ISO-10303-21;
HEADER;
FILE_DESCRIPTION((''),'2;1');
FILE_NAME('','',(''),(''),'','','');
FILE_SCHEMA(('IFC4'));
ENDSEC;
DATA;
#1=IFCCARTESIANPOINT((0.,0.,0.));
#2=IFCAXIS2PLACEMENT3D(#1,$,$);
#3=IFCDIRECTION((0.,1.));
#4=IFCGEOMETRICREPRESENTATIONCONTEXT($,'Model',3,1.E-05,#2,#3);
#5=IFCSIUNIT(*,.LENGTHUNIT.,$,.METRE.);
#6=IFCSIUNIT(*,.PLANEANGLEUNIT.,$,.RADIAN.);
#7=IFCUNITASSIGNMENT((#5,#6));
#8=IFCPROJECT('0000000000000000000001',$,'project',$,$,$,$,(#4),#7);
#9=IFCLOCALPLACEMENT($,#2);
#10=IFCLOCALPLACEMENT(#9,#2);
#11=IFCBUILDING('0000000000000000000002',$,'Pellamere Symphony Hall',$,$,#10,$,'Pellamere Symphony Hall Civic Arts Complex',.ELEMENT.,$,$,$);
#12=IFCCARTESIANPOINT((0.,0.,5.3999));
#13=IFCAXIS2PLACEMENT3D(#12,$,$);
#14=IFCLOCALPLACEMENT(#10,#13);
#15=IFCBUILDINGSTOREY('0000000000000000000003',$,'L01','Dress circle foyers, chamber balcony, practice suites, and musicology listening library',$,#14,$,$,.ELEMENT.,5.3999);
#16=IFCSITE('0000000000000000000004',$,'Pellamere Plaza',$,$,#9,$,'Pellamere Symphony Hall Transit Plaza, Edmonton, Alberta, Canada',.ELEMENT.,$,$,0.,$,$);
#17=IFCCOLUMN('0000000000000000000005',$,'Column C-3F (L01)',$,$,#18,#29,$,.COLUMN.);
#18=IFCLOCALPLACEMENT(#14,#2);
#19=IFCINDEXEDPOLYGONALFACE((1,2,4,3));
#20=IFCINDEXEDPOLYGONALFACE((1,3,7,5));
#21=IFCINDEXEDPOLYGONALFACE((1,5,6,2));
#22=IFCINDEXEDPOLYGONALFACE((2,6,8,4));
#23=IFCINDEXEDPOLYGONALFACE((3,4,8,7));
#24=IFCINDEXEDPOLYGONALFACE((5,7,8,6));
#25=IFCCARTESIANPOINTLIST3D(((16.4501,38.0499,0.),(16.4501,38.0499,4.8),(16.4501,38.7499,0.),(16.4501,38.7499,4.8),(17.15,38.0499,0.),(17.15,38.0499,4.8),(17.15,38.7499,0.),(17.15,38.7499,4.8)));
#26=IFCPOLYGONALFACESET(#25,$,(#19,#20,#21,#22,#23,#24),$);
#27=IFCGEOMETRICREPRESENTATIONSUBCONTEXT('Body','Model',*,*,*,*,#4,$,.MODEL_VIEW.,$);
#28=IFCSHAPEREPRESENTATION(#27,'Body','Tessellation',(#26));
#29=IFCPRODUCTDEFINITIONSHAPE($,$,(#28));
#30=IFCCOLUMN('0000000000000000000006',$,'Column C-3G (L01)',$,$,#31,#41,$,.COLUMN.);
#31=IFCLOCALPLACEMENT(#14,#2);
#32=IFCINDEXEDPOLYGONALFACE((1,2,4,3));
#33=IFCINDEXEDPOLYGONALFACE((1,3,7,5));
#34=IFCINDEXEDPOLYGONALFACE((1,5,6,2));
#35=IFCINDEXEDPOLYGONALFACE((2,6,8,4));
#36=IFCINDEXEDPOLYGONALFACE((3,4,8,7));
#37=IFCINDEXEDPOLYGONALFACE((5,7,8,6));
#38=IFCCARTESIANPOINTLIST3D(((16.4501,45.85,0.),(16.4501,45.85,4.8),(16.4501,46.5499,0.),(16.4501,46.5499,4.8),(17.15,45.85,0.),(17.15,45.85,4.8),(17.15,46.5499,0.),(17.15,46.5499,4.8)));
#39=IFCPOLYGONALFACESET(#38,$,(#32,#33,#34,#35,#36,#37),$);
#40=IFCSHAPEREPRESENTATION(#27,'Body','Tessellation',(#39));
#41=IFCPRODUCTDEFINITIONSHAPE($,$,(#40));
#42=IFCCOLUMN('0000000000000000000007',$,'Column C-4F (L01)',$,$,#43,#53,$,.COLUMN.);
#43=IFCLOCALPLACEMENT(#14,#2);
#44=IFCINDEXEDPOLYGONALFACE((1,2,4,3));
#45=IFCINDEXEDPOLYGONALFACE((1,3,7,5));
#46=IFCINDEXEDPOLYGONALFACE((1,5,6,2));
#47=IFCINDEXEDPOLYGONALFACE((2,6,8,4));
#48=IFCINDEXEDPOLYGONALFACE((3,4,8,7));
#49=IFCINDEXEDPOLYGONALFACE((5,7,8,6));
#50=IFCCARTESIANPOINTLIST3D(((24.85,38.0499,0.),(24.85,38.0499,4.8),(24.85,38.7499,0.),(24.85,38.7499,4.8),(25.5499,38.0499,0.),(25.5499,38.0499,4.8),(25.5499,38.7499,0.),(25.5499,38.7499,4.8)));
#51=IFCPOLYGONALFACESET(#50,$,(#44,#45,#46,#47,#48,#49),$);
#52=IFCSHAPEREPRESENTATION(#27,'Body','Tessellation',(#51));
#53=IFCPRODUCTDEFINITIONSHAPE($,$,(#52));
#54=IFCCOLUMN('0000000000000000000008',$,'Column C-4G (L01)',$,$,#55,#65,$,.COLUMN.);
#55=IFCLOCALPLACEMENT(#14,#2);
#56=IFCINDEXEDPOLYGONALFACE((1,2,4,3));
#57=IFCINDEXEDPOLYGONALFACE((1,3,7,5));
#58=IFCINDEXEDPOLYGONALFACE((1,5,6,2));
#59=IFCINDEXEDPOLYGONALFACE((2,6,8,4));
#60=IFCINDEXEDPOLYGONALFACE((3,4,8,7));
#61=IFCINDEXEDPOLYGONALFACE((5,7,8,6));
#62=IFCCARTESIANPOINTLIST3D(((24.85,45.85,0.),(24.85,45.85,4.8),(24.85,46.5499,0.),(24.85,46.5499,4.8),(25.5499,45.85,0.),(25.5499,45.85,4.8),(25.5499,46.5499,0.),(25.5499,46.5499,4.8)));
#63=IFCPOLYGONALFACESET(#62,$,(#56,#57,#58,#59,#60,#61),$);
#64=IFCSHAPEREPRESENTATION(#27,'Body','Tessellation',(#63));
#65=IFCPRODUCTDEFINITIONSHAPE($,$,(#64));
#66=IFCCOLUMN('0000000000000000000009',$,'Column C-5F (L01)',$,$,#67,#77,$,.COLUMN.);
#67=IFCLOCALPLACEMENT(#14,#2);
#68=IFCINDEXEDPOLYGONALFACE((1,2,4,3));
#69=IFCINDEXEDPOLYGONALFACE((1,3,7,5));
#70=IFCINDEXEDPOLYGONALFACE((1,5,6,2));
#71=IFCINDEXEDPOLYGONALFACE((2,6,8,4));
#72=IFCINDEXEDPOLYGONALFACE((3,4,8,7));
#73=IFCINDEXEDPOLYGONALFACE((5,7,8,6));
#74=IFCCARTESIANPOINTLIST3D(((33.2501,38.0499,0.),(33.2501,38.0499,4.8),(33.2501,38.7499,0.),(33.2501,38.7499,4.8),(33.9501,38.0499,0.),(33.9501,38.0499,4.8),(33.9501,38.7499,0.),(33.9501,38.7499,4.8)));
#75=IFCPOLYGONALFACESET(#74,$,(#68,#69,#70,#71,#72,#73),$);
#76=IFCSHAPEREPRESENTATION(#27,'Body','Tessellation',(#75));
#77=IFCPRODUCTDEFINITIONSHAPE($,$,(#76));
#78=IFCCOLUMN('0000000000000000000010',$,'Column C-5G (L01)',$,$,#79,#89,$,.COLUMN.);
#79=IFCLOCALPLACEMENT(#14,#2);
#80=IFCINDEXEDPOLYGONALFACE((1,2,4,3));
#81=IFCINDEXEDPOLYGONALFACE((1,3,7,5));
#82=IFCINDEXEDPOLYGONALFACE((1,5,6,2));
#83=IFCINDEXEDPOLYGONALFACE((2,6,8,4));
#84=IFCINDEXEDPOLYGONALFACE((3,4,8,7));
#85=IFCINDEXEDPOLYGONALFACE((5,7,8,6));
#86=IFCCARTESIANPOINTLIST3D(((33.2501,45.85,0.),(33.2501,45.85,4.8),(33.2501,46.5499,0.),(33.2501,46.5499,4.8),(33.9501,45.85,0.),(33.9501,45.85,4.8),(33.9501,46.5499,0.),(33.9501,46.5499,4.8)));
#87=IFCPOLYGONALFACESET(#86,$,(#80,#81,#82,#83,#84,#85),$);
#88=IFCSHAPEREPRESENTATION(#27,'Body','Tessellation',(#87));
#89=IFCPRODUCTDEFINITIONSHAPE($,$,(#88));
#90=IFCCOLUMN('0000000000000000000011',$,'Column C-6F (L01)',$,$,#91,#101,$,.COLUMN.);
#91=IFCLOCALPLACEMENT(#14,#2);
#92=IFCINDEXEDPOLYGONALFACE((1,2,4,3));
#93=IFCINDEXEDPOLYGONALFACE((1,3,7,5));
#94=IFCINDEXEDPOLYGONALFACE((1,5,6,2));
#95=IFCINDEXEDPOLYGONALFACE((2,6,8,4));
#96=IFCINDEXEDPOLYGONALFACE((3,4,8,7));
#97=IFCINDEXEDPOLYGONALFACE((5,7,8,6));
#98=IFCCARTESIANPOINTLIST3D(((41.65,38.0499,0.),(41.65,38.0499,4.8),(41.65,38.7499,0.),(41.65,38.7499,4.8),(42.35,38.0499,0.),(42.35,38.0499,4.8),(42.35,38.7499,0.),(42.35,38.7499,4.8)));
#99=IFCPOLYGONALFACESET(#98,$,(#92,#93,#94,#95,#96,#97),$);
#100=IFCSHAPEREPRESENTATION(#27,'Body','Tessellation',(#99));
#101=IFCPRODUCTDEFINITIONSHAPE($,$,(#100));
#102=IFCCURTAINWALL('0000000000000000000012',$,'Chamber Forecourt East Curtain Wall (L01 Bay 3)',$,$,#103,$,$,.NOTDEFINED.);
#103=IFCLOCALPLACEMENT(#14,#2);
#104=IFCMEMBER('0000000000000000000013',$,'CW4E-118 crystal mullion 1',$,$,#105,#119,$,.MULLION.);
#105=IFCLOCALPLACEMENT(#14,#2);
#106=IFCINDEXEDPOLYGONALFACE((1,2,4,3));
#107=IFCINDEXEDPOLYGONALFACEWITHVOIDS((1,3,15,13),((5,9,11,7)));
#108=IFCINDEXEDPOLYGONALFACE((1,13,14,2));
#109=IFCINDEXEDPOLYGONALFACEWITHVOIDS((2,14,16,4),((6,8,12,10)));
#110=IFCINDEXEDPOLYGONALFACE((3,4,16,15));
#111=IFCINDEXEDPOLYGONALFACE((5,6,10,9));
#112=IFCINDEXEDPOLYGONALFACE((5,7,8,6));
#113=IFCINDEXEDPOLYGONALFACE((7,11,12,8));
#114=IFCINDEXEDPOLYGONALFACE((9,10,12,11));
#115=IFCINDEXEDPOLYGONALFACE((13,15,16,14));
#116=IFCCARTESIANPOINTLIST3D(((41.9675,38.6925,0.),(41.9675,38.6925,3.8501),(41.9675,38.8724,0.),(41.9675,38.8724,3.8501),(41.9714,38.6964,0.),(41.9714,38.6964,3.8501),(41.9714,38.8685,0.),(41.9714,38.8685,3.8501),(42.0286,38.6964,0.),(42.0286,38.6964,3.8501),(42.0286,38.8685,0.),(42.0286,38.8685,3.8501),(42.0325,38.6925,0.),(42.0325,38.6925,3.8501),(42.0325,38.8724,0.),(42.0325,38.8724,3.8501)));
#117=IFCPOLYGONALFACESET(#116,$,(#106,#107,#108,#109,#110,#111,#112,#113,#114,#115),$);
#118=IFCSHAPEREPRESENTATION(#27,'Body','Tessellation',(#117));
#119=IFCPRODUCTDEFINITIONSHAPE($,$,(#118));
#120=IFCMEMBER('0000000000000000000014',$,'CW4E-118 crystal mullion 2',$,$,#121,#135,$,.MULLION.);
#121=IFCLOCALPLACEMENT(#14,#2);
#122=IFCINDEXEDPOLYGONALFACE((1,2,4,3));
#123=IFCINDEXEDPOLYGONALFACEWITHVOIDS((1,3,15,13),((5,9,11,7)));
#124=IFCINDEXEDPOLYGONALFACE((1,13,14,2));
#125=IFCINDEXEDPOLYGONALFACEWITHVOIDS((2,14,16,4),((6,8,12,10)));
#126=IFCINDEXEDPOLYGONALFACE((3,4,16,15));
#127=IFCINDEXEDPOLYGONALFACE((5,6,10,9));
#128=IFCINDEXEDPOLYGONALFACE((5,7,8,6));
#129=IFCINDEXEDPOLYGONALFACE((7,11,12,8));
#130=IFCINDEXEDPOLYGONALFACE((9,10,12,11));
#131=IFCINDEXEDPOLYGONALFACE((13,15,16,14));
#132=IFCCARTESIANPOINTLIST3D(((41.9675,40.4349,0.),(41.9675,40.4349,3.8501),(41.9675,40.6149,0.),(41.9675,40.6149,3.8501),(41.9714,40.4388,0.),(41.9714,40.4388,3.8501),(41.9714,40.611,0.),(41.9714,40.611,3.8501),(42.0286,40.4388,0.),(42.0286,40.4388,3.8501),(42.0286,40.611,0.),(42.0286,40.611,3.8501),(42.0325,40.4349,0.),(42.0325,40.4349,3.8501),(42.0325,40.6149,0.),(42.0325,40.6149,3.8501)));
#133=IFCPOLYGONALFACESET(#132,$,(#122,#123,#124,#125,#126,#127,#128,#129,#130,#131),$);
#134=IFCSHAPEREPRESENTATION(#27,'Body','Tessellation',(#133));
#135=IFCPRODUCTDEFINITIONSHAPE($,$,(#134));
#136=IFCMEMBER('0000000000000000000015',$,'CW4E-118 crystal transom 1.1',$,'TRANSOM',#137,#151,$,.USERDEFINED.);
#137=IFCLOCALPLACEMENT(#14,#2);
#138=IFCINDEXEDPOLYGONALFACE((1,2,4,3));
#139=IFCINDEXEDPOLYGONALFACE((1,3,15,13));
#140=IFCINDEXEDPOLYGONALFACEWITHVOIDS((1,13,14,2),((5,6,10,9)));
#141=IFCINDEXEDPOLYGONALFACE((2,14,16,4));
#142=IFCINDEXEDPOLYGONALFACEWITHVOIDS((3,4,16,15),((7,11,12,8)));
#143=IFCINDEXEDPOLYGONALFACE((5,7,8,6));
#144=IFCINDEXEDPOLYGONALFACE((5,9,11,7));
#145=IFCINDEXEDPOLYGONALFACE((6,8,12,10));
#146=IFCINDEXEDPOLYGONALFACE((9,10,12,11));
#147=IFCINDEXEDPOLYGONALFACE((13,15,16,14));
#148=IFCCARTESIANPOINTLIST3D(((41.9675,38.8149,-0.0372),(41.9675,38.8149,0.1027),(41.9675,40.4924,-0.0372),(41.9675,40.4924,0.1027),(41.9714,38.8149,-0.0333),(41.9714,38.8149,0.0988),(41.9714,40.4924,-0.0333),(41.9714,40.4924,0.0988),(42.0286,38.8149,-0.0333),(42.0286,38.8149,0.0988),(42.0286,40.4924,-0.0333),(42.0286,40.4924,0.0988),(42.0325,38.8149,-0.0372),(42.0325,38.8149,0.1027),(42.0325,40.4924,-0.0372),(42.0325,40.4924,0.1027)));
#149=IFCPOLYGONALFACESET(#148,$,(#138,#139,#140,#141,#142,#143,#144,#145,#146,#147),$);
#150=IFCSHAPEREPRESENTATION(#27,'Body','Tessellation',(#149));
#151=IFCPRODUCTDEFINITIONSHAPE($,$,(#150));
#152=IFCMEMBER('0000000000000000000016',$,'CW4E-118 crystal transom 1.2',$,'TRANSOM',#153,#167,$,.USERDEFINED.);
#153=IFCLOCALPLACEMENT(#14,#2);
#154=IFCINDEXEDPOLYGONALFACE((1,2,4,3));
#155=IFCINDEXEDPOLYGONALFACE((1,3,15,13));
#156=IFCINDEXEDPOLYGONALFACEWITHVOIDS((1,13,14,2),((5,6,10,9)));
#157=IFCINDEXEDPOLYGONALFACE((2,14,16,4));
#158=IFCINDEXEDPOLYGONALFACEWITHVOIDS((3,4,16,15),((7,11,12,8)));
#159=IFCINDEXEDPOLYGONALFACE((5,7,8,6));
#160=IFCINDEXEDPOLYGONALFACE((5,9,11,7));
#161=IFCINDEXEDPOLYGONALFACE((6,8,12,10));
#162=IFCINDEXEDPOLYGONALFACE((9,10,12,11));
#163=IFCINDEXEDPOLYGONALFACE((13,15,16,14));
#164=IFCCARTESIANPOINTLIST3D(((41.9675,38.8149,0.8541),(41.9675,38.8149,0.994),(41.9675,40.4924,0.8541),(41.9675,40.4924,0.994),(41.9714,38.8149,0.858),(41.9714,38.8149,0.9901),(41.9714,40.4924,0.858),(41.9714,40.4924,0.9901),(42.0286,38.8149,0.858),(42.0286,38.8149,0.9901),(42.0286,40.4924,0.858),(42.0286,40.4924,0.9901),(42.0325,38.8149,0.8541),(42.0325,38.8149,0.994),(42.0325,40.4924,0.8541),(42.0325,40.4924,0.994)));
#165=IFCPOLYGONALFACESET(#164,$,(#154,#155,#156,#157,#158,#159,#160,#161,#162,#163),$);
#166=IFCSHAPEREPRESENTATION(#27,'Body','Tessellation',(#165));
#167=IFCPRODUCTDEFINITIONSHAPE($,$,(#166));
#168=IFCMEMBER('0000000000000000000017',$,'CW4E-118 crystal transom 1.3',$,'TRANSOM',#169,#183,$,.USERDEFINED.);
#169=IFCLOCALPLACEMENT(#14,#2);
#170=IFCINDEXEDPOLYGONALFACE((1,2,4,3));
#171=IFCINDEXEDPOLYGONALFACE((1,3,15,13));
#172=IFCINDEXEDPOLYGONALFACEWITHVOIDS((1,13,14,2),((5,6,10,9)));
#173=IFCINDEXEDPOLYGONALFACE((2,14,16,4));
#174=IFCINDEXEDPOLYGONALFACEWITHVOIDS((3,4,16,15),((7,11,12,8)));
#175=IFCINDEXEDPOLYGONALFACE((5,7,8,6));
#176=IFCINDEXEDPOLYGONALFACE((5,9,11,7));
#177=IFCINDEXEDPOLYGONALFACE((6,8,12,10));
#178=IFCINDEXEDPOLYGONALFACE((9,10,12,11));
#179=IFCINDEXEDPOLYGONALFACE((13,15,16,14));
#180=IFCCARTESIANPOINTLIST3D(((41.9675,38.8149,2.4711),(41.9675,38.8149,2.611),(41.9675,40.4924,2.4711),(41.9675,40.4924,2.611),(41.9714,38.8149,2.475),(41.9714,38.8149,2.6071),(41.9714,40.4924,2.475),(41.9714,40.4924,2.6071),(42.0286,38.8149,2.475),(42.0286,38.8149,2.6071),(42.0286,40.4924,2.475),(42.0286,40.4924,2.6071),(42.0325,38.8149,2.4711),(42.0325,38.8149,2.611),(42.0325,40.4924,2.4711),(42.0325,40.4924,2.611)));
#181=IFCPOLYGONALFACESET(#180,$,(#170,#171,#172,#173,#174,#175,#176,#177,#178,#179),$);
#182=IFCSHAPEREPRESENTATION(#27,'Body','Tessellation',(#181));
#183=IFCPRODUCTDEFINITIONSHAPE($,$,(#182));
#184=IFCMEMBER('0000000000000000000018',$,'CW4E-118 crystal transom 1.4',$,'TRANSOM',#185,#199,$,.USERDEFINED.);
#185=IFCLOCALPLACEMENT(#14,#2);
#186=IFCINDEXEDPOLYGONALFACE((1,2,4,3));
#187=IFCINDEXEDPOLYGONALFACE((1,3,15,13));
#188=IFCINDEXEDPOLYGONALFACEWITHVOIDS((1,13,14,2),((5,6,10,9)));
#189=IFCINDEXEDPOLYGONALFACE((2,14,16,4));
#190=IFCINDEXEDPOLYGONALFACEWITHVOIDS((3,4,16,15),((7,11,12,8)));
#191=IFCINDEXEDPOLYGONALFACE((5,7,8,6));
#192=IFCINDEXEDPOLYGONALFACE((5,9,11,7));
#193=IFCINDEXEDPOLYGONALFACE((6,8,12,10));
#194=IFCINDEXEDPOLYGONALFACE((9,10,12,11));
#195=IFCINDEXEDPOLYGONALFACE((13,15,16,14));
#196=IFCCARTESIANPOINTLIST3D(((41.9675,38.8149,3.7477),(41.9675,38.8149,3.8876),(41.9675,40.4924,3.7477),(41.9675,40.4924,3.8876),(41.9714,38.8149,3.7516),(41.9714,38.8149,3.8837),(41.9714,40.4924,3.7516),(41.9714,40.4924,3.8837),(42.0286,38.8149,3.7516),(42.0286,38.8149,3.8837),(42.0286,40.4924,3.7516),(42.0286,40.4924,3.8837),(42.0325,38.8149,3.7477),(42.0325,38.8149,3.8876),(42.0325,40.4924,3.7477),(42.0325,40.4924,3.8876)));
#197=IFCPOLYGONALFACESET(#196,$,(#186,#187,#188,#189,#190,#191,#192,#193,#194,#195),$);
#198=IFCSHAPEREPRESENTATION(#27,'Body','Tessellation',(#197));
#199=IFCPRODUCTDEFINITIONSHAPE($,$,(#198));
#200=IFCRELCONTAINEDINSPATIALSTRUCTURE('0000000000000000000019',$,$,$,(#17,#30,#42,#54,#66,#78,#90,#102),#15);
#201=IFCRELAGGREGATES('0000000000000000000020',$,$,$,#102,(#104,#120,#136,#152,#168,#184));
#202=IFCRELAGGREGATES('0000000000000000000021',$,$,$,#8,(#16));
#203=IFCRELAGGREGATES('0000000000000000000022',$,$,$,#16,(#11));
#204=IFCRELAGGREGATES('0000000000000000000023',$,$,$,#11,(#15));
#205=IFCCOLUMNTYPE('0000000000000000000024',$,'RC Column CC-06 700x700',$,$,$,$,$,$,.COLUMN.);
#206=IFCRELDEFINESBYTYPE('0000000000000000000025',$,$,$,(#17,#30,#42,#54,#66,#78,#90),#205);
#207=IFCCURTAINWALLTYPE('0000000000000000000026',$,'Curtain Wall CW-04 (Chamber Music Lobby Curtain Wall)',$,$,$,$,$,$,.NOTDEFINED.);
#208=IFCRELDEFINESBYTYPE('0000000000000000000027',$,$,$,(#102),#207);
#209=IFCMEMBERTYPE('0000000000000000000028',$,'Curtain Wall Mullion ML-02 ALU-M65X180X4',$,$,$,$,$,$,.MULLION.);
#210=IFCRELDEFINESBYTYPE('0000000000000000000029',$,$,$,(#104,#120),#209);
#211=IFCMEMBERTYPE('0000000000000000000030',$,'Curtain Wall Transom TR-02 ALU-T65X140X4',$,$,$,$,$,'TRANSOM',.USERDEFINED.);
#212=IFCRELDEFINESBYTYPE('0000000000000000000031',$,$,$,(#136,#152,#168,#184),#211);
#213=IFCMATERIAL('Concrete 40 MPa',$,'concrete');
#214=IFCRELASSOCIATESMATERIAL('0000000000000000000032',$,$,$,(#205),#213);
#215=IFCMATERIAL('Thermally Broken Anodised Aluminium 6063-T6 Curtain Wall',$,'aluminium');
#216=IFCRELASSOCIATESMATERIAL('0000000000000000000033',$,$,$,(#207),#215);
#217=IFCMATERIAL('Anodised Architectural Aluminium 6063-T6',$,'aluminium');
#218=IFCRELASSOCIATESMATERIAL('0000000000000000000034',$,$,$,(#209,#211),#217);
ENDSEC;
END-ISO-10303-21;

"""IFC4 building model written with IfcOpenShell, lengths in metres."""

from ifc_helpers import new_model, si_unit, direction, frame, origin, origin_2d, place, context, subcontext, project, spatial, rectangle, hollow_rectangle, extrude, material, material_profile, profile_set, type_object, element, aggregate, save


model = new_model("IFC4")

# Units and contexts
model_context = context("Model", 3, precision=1e-05, world=origin(), true_north=direction((0.0, 1.0)))
body_context = subcontext(model_context, "Body", "Model", "MODEL_VIEW")
ifc_project = project(units=[si_unit("LENGTHUNIT", "METRE"), si_unit("PLANEANGLEUNIT", "RADIAN")], contexts=[model_context])

# Site, building, storey
site_placement = place(None, origin())
site = spatial("IfcSite", under=ifc_project, at=site_placement, Name="Pellamere Plaza", LongName="Pellamere Symphony Hall Transit Plaza, Edmonton, Alberta, Canada", CompositionType="ELEMENT", RefElevation=0.0)
building_placement = place(site_placement, origin())
building = spatial("IfcBuilding", under=site, at=building_placement, Name="Pellamere Symphony Hall", LongName="Pellamere Symphony Hall Civic Arts Complex", CompositionType="ELEMENT")
storey_placement = place(building_placement, frame((0.0, 0.0, 5.3999)))
storey = spatial("IfcBuildingStorey", under=building, at=storey_placement, Name="L01", Description="Dress circle foyers, chamber balcony, practice suites, and musicology listening library", CompositionType="ELEMENT", Elevation=5.3999)

# Columns
ifc_material_1 = material(Name="Concrete 40 MPa", Category="concrete")
ifc_material_profile_1 = material_profile(ifc_material_1, rectangle(XDim=0.7, YDim=0.7, at=origin_2d()), Name="RC 700x700")
ifc_profile_set_1 = profile_set([ifc_material_profile_1], Name="Concrete 40 MPa")
column_type = type_object("IfcColumnType", Name="RC Column CC-06 700x700", PredefinedType="COLUMN", material=ifc_profile_set_1)
for number, where, z_axis, x_axis, name in (
    (1, (16.8, 38.3999, 0.0), (0.0, 0.0, 1.0), (1.0, 0.0, 0.0), "Column C-3F (L01)"),
    (2, (16.8, 46.2, 0.0), (0.0, 0.0, 1.0), (1.0, 0.0, 0.0), "Column C-3G (L01)"),
    (3, (25.2, 38.3999, 0.0), (0.0, 0.0, 1.0), (1.0, 0.0, 0.0), "Column C-4F (L01)"),
    (4, (25.2, 46.2, 0.0), (0.0, 0.0, 1.0), (1.0, 0.0, 0.0), "Column C-4G (L01)"),
    (5, (33.6001, 38.3999, 0.0), (0.0, 0.0, 1.0), (1.0, 0.0, 0.0), "Column C-5F (L01)"),
    (6, (33.6001, 46.2, 0.0), (0.0, 0.0, 1.0), (1.0, 0.0, 0.0), "Column C-5G (L01)"),
    (7, (42.0, 38.3999, 0.0), (0.0, 0.0, 1.0), (1.0, 0.0, 0.0), "Column C-6F (L01)"),
):
    element("IfcColumn", number, at=place(storey_placement, frame(where, z_axis=z_axis, x_axis=x_axis)), inside=storey, type_object=column_type, Name=name, PredefinedType="COLUMN", context=body_context, shape_type="SweptSolid", body=[
        extrude(rectangle(XDim=0.7, YDim=0.7, at=origin_2d()), origin(), (0.0, 0.0, 1.0), 4.8),
    ])

# Curtain wall, members
ifc_material_2 = material(Name="Thermally Broken Anodised Aluminium 6063-T6 Curtain Wall", Category="aluminium")
curtain_wall_type = type_object("IfcCurtainWallType", Name="Curtain Wall CW-04 (Chamber Music Lobby Curtain Wall)", PredefinedType="NOTDEFINED", material=ifc_material_2)
curtain_wall_1_placement = place(storey_placement, origin())
curtain_wall_1 = element("IfcCurtainWall", 8, at=curtain_wall_1_placement, inside=storey, type_object=curtain_wall_type, Name="Chamber Forecourt East Curtain Wall (L01 Bay 3)", PredefinedType="NOTDEFINED")
ifc_material_3 = material(Name="Anodised Architectural Aluminium 6063-T6", Category="aluminium")
ifc_material_profile_2 = material_profile(ifc_material_3, hollow_rectangle(XDim=0.0649, YDim=0.1799, WallThickness=0.0039, at=origin_2d()), Name="ALU-M65X180X4")
ifc_profile_set_2 = profile_set([ifc_material_profile_2], Name="Anodised Architectural Aluminium 6063-T6")
member_type_1 = type_object("IfcMemberType", Name="Curtain Wall Mullion ML-02 ALU-M65X180X4", PredefinedType="MULLION", material=ifc_profile_set_2)
member_1_placement = place(storey_placement, frame((42.0, 38.7825, 0.0), z_axis=(0.0, 0.0, 1.0), x_axis=(-1.0, 0.0, 0.0)))
member_1 = element("IfcMember", 9, at=member_1_placement, type_object=member_type_1, Name="CW4E-118 crystal mullion 1", PredefinedType="MULLION", context=body_context, shape_type="SweptSolid", body=[
    extrude(hollow_rectangle(XDim=0.0649, YDim=0.1799, WallThickness=0.0039, at=origin_2d()), origin(), (0.0, 0.0, 1.0), 3.8501),
])
member_2_placement = place(storey_placement, frame((42.0, 40.5249, 0.0), z_axis=(0.0, 0.0, 1.0), x_axis=(-1.0, 0.0, 0.0)))
member_2 = element("IfcMember", 10, at=member_2_placement, type_object=member_type_1, Name="CW4E-118 crystal mullion 2", PredefinedType="MULLION", context=body_context, shape_type="SweptSolid", body=[
    extrude(hollow_rectangle(XDim=0.0649, YDim=0.1799, WallThickness=0.0039, at=origin_2d()), origin(), (0.0, 0.0, 1.0), 3.8501),
])
ifc_material_profile_3 = material_profile(ifc_material_3, hollow_rectangle(XDim=0.0649, YDim=0.1399, WallThickness=0.0039, at=origin_2d()), Name="ALU-T65X140X4")
ifc_profile_set_3 = profile_set([ifc_material_profile_3], Name="Anodised Architectural Aluminium 6063-T6")
member_type_2 = type_object("IfcMemberType", Name="Curtain Wall Transom TR-02 ALU-T65X140X4", ElementType="TRANSOM", PredefinedType="USERDEFINED", material=ifc_profile_set_3)
member_3_placement = place(storey_placement, frame((42.0, 38.8149, 0.0327), z_axis=(0.0, 1.0, 0.0), x_axis=(-1.0, 0.0, 0.0)))
member_3 = element("IfcMember", 11, at=member_3_placement, type_object=member_type_2, Name="CW4E-118 crystal transom 1.1", ObjectType="TRANSOM", PredefinedType="USERDEFINED", context=body_context, shape_type="SweptSolid", body=[
    extrude(hollow_rectangle(XDim=0.0649, YDim=0.1399, WallThickness=0.0039, at=origin_2d()), origin(), (0.0, 0.0, 1.0), 1.6775),
])
member_4_placement = place(storey_placement, frame((42.0, 38.8149, 0.9241), z_axis=(0.0, 1.0, 0.0), x_axis=(-1.0, 0.0, 0.0)))
member_4 = element("IfcMember", 12, at=member_4_placement, type_object=member_type_2, Name="CW4E-118 crystal transom 1.2", ObjectType="TRANSOM", PredefinedType="USERDEFINED", context=body_context, shape_type="SweptSolid", body=[
    extrude(hollow_rectangle(XDim=0.0649, YDim=0.1399, WallThickness=0.0039, at=origin_2d()), origin(), (0.0, 0.0, 1.0), 1.6775),
])
member_5_placement = place(storey_placement, frame((42.0, 38.8149, 2.541), z_axis=(0.0, 1.0, 0.0), x_axis=(-1.0, 0.0, 0.0)))
member_5 = element("IfcMember", 13, at=member_5_placement, type_object=member_type_2, Name="CW4E-118 crystal transom 1.3", ObjectType="TRANSOM", PredefinedType="USERDEFINED", context=body_context, shape_type="SweptSolid", body=[
    extrude(hollow_rectangle(XDim=0.0649, YDim=0.1399, WallThickness=0.0039, at=origin_2d()), origin(), (0.0, 0.0, 1.0), 1.6775),
])
member_6_placement = place(storey_placement, frame((42.0, 38.8149, 3.8176), z_axis=(0.0, 1.0, 0.0), x_axis=(-1.0, 0.0, 0.0)))
member_6 = element("IfcMember", 14, at=member_6_placement, type_object=member_type_2, Name="CW4E-118 crystal transom 1.4", ObjectType="TRANSOM", PredefinedType="USERDEFINED", context=body_context, shape_type="SweptSolid", body=[
    extrude(hollow_rectangle(XDim=0.0649, YDim=0.1399, WallThickness=0.0039, at=origin_2d()), origin(), (0.0, 0.0, 1.0), 1.6775),
])

aggregate(curtain_wall_1, [member_1, member_2, member_3, member_4, member_5, member_6])

save(model, "model.ifc")
